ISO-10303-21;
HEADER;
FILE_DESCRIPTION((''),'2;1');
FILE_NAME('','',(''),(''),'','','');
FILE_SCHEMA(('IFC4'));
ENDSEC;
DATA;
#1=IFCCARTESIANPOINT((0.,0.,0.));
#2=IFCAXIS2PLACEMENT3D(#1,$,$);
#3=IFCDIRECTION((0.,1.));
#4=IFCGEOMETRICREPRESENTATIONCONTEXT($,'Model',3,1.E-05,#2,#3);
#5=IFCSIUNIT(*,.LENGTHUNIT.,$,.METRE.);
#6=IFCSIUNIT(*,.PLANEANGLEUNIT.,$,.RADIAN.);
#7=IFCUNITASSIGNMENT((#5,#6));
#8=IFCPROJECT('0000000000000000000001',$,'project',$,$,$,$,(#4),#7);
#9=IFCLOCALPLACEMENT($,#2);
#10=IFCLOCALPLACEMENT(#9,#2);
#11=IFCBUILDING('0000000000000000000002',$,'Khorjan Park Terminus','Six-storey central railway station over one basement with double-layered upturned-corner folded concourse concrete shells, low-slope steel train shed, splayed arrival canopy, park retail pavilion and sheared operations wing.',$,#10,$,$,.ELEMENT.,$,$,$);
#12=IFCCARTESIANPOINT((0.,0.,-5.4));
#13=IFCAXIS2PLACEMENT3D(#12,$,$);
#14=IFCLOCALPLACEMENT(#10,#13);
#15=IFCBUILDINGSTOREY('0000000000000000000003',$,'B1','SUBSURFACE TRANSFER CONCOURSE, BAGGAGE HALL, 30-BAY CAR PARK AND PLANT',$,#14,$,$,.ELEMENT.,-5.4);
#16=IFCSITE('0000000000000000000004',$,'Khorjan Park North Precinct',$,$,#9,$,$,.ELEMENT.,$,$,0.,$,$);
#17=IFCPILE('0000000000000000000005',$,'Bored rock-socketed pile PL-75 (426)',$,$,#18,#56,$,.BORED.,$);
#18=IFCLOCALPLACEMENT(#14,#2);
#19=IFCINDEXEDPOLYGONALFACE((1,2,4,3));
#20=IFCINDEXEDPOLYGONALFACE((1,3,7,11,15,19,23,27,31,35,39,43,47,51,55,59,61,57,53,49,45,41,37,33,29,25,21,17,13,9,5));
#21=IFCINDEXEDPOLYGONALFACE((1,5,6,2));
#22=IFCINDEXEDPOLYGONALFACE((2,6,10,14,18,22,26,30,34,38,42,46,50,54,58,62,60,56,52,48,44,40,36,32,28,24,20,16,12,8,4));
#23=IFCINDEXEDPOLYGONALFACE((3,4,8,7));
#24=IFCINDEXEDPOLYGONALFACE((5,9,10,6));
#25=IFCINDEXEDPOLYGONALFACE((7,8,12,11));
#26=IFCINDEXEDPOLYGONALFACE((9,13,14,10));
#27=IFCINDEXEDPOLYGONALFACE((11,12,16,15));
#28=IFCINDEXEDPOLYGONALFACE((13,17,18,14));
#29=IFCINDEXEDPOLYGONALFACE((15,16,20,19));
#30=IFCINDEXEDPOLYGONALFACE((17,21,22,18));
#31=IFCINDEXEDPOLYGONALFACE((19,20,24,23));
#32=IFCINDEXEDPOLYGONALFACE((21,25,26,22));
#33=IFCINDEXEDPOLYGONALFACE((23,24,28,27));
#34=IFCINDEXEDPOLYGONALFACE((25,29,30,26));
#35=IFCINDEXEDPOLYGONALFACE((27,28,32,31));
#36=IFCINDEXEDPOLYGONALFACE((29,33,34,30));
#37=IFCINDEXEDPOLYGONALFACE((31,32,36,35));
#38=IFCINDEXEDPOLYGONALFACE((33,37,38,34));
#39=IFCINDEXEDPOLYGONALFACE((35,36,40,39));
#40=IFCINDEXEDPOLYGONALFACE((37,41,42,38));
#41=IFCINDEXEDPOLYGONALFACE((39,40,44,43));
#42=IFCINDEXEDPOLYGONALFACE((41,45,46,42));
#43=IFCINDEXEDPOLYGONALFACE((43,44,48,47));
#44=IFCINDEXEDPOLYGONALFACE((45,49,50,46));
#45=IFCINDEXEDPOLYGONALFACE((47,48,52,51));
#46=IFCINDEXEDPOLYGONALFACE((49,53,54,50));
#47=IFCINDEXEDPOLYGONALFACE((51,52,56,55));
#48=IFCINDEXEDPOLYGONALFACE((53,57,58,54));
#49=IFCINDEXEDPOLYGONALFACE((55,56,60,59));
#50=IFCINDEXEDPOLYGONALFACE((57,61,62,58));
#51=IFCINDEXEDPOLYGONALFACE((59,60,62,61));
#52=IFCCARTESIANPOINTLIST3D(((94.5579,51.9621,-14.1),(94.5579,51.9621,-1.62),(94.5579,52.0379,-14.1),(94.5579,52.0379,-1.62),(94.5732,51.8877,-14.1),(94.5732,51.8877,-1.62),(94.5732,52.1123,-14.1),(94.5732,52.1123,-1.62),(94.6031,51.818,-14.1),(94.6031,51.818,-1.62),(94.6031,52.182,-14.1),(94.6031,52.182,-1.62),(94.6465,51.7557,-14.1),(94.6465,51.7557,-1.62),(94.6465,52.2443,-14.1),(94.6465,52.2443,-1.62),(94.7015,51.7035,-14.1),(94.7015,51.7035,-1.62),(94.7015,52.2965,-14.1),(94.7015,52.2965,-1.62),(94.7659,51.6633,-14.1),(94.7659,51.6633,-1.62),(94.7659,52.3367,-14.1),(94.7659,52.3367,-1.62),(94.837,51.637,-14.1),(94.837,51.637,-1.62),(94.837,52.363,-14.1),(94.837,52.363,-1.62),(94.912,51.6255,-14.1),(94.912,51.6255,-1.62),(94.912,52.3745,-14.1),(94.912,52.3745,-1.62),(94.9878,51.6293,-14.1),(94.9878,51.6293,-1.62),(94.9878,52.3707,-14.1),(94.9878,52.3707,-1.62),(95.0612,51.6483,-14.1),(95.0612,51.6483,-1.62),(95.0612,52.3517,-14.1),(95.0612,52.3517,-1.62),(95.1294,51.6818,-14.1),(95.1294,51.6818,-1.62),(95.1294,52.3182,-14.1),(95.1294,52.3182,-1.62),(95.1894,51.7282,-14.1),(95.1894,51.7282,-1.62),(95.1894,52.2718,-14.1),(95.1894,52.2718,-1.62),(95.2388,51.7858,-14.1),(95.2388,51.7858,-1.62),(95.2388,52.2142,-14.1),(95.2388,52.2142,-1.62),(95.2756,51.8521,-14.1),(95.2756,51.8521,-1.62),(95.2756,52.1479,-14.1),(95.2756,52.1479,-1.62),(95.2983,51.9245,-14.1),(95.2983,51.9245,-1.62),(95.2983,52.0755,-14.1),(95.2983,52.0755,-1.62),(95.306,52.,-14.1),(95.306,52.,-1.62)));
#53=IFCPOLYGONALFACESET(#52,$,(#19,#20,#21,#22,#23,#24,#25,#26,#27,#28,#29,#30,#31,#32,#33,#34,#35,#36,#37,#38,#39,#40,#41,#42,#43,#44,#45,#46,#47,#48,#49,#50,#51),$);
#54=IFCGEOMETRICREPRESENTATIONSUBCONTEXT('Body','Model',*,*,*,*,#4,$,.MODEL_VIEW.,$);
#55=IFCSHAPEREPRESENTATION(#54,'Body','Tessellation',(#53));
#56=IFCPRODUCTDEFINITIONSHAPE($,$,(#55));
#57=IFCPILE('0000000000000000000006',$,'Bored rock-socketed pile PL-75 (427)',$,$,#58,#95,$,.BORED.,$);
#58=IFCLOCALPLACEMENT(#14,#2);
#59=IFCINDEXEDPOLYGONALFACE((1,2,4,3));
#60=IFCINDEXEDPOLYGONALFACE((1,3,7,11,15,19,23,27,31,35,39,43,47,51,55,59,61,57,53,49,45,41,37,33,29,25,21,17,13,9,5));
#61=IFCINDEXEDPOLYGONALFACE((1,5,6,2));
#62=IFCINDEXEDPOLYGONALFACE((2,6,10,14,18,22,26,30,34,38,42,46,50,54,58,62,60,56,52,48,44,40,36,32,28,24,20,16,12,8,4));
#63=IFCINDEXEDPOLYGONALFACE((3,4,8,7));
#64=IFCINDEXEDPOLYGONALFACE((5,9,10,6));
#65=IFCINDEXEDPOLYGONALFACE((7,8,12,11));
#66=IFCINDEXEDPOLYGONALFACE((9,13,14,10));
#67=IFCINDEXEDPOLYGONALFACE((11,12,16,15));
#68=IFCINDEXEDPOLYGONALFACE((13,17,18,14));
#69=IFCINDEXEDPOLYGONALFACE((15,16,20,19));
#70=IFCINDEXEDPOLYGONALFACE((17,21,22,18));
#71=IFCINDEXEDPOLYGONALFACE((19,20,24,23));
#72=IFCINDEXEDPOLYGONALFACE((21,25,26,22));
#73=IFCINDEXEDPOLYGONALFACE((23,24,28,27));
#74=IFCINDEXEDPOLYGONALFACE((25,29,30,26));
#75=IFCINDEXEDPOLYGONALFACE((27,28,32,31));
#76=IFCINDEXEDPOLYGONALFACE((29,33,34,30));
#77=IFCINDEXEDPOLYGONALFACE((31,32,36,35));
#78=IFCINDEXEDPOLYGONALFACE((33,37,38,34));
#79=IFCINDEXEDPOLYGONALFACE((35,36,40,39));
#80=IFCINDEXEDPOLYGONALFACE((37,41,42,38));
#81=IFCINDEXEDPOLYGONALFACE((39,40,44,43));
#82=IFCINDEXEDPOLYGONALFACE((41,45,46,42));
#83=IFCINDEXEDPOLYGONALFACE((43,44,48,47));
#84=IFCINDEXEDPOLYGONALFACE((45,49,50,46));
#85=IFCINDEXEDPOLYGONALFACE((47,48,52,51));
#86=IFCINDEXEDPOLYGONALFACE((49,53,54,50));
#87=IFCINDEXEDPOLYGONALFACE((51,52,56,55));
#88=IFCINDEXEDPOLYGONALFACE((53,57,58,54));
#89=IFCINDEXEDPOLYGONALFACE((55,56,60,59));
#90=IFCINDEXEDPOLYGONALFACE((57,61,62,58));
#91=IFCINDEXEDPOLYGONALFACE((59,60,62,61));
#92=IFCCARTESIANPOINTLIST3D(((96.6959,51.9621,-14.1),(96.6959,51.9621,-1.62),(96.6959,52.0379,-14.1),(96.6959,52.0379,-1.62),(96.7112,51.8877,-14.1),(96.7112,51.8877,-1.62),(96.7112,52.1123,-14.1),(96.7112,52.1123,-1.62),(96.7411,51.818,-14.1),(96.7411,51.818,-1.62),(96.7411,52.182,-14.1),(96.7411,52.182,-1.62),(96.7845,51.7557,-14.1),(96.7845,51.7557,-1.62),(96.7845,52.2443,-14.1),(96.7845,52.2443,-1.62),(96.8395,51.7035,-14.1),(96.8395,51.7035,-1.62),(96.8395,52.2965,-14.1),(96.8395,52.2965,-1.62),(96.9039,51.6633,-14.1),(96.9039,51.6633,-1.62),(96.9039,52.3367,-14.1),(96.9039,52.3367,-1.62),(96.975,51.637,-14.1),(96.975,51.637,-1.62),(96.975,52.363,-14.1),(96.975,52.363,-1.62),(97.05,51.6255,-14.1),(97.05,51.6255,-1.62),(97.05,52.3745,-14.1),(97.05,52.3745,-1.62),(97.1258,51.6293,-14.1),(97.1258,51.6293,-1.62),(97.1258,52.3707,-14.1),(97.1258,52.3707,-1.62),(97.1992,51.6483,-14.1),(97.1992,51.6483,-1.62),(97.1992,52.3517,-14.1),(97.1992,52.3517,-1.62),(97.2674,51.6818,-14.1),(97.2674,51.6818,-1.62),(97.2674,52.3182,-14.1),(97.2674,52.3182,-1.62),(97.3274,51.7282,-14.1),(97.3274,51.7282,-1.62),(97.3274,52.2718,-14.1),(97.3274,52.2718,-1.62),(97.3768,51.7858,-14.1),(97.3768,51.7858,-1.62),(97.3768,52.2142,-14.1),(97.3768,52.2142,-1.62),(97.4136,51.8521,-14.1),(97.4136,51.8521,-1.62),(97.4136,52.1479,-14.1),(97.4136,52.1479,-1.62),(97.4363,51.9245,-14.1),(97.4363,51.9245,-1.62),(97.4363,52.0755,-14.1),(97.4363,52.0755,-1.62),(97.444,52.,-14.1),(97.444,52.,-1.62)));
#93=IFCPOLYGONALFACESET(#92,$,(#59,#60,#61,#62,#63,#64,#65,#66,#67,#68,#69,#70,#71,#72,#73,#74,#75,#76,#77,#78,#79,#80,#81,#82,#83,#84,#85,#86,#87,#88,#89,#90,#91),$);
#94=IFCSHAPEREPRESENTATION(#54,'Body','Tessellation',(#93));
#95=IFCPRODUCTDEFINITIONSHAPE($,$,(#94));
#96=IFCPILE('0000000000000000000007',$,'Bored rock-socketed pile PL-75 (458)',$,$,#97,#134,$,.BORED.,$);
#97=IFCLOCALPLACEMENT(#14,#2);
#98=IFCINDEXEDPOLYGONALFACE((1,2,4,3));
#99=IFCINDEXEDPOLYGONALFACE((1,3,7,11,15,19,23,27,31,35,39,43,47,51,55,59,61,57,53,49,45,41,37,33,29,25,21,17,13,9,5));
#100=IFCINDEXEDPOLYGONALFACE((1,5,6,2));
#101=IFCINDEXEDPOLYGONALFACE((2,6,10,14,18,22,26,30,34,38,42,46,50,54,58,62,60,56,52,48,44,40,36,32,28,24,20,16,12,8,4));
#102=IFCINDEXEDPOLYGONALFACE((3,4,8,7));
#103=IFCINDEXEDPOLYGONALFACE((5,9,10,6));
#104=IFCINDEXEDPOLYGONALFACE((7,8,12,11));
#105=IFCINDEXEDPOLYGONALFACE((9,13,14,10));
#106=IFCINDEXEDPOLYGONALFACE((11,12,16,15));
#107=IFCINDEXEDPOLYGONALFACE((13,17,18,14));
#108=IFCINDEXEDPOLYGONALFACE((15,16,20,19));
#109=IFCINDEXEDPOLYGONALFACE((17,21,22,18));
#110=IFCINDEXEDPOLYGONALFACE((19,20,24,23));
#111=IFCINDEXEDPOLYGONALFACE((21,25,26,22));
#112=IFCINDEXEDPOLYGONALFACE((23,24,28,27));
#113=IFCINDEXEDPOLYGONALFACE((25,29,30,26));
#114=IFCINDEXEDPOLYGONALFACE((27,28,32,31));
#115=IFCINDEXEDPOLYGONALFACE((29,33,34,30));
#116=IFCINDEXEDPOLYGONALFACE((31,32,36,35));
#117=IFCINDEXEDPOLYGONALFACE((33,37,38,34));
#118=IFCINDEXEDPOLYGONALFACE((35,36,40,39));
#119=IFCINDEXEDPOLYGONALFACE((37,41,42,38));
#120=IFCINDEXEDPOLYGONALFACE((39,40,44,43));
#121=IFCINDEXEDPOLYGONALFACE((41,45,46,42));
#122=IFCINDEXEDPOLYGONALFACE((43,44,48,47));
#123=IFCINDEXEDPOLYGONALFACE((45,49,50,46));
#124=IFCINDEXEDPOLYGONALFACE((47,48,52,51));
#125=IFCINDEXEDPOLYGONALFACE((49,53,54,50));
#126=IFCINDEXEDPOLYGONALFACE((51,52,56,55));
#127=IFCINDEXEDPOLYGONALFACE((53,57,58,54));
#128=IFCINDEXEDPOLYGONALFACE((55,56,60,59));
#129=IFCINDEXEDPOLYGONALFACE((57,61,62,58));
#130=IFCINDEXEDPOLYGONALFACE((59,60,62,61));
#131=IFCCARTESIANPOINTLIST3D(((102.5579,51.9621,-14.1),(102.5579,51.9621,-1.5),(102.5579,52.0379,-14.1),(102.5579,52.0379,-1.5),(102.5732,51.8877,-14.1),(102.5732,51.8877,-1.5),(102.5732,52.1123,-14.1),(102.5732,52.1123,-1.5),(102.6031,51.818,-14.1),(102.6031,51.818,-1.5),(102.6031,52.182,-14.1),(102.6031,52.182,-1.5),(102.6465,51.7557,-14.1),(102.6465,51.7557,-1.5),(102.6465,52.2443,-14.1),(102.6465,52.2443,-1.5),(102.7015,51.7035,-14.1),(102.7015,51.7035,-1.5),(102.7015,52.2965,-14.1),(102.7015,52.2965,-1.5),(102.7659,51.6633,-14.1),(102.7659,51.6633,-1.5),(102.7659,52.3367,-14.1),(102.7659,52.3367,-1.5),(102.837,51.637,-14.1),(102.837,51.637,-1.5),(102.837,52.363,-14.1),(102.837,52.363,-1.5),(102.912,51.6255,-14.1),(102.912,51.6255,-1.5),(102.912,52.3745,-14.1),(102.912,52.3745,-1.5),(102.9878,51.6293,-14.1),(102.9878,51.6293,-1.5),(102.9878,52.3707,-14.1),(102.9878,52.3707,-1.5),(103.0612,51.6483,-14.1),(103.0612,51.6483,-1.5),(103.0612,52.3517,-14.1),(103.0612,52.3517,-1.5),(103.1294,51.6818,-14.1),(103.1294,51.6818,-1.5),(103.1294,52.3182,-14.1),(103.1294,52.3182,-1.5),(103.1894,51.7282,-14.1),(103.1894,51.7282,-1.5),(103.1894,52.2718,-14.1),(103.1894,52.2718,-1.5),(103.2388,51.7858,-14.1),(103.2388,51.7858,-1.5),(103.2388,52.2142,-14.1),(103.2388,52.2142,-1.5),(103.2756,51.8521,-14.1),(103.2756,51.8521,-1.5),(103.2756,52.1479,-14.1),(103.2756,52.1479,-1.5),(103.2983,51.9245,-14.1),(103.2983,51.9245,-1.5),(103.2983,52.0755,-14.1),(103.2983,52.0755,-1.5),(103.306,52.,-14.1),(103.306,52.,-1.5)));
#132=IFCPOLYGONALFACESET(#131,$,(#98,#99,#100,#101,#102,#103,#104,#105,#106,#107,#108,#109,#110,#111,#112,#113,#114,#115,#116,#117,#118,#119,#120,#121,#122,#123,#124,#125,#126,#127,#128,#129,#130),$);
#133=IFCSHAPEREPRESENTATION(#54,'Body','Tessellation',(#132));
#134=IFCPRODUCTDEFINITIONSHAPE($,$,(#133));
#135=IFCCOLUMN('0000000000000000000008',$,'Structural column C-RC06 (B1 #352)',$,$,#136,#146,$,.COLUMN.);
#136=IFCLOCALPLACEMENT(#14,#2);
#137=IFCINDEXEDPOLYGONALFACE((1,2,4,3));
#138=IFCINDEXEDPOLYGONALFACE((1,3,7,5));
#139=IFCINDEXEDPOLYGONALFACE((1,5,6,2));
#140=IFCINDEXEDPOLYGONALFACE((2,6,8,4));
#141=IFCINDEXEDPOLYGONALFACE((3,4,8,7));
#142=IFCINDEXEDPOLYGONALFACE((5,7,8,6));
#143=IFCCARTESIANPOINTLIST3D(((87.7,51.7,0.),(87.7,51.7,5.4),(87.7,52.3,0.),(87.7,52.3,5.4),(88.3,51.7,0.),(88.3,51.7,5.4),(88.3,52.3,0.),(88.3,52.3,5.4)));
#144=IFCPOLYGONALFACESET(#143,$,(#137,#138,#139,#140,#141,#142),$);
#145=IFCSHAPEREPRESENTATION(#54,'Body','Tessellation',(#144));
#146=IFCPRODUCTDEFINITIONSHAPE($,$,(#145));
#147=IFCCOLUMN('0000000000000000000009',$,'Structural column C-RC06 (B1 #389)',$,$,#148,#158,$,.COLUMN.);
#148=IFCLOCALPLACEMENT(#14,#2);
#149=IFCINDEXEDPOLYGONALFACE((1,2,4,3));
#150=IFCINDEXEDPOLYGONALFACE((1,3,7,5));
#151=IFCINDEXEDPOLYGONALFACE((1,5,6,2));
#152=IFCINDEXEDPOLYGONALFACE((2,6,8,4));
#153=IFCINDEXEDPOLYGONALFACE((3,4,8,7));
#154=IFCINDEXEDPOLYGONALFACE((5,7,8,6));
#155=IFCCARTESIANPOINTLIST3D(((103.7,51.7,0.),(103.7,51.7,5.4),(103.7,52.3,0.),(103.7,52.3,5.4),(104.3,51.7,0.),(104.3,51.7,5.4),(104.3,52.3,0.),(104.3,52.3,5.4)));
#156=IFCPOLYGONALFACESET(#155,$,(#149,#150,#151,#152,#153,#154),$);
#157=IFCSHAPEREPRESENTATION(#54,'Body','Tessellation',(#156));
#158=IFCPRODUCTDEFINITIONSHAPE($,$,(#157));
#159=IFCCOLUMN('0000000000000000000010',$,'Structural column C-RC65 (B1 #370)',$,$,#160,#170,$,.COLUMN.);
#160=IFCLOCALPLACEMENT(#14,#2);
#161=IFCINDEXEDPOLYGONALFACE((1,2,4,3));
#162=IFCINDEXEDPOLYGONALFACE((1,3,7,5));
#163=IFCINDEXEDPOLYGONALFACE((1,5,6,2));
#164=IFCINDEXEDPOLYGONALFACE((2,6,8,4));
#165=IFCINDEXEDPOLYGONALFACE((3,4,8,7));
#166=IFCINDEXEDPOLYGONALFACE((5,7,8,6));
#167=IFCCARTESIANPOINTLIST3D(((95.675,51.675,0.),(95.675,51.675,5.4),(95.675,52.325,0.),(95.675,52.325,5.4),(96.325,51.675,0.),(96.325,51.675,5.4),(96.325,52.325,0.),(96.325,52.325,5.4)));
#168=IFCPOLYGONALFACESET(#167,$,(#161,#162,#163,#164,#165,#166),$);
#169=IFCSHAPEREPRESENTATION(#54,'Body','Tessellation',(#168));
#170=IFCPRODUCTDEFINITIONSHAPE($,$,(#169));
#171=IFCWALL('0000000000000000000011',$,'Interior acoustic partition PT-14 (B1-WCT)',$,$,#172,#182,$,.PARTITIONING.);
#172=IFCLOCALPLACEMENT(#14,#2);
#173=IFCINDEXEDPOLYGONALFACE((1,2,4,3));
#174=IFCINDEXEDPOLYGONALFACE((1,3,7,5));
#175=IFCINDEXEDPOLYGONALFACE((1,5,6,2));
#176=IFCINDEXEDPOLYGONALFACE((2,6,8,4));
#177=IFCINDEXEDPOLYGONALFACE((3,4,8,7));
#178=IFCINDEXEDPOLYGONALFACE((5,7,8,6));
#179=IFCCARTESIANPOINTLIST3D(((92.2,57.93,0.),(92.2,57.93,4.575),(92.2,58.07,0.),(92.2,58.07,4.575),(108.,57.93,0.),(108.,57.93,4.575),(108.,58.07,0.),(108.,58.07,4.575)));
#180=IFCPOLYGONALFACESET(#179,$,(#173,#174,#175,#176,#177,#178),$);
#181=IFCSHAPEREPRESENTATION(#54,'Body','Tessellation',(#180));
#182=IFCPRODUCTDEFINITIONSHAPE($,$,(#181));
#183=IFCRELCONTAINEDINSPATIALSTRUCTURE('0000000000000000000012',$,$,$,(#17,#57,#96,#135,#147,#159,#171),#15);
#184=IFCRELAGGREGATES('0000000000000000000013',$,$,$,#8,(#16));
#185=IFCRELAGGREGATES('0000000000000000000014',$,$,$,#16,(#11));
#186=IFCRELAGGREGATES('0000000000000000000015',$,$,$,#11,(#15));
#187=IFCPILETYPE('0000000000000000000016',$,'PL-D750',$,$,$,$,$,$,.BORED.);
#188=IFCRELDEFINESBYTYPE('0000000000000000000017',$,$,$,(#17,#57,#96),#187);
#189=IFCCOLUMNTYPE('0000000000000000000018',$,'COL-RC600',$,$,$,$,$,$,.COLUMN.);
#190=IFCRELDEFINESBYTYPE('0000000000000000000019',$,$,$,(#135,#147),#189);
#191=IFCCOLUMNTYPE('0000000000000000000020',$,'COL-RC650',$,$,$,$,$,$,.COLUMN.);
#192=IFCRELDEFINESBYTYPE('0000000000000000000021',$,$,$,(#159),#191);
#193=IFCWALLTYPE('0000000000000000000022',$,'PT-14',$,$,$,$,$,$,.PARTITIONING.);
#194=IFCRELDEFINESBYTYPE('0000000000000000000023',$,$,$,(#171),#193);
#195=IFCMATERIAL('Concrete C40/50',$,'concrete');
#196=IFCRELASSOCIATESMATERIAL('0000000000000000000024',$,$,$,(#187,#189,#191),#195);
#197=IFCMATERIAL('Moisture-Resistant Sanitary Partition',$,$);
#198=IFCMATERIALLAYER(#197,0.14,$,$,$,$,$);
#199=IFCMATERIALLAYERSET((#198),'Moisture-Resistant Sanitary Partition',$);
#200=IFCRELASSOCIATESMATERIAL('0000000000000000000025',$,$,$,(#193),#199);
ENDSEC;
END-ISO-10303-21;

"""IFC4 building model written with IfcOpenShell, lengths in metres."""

from ifc_helpers import new_model, si_unit, direction, frame, frame_2d, origin, origin_2d, place, context, subcontext, project, spatial, rectangle, circle, extrude, material, layer, layer_set, material_profile, profile_set, type_object, element, save


model = new_model("IFC4")

# Units and contexts
model_context = context("Model", 3, precision=1e-05, world=origin(), true_north=direction((0.0, 1.0)))
body_context = subcontext(model_context, "Body", "Model", "MODEL_VIEW")
ifc_project = project(units=[si_unit("LENGTHUNIT", "METRE"), si_unit("PLANEANGLEUNIT", "RADIAN")], contexts=[model_context])

# Site, building, storey
site_placement = place(None, origin())
site = spatial("IfcSite", under=ifc_project, at=site_placement, Name="Khorjan Park North Precinct", CompositionType="ELEMENT", RefElevation=0.0)
building_placement = place(site_placement, origin())
building = spatial("IfcBuilding", under=site, at=building_placement, Name="Khorjan Park Terminus", Description="Six-storey central railway station over one basement with double-layered upturned-corner folded concourse concrete shells, low-slope steel train shed, splayed arrival canopy, park retail pavilion and sheared operations wing.", CompositionType="ELEMENT")
storey_placement = place(building_placement, frame((0.0, 0.0, -5.4)))
storey = spatial("IfcBuildingStorey", under=building, at=storey_placement, Name="B1", Description="SUBSURFACE TRANSFER CONCOURSE, BAGGAGE HALL, 30-BAY CAR PARK AND PLANT", CompositionType="ELEMENT", Elevation=-5.4)

# Shared definitions
ifc_material_1 = material(Name="Concrete C40/50", Category="concrete")

# Piles
ifc_material_profile_1 = material_profile(ifc_material_1, circle(Radius=0.375, at=origin_2d()), Name="BORED D750")
ifc_profile_set_1 = profile_set([ifc_material_profile_1], Name="Concrete C40/50")
pile_type = type_object("IfcPileType", Name="PL-D750", PredefinedType="BORED", material=ifc_profile_set_1)
for number, where, z_axis, x_axis, name in (
    (1, (94.931, 52.0, -1.62), (0.0, 0.0, -1.0), (1.0, 0.0, 0.0), "Bored rock-socketed pile PL-75 (426)"),
    (2, (97.069, 52.0, -1.62), (0.0, 0.0, -1.0), (1.0, 0.0, 0.0), "Bored rock-socketed pile PL-75 (427)"),
):
    element("IfcPile", number, at=place(storey_placement, frame(where, z_axis=z_axis, x_axis=x_axis)), inside=storey, type_object=pile_type, Name=name, PredefinedType="BORED", context=body_context, shape_type="SweptSolid", body=[
        extrude(circle(Radius=0.375, at=origin_2d()), origin(), (0.0, 0.0, 1.0), 12.48),
    ])
pile_1_placement = place(storey_placement, frame((102.931, 52.0, -1.5), z_axis=(0.0, 0.0, -1.0), x_axis=(1.0, 0.0, 0.0)))
element("IfcPile", 3, at=pile_1_placement, inside=storey, type_object=pile_type, Name="Bored rock-socketed pile PL-75 (458)", PredefinedType="BORED", context=body_context, shape_type="SweptSolid", body=[
    extrude(circle(Radius=0.375, at=origin_2d()), origin(), (0.0, 0.0, 1.0), 12.6),
])

# Columns
ifc_material_profile_2 = material_profile(ifc_material_1, rectangle(XDim=0.6, YDim=0.6, at=origin_2d()), Name="RC 600x600")
ifc_profile_set_2 = profile_set([ifc_material_profile_2], Name="Concrete C40/50")
column_type_1 = type_object("IfcColumnType", Name="COL-RC600", PredefinedType="COLUMN", material=ifc_profile_set_2)
for number, where, z_axis, x_axis, name in (
    (4, (88.0, 52.0, 0.0), (0.0, 0.0, 1.0), (1.0, 0.0, 0.0), "Structural column C-RC06 (B1 #352)"),
    (5, (104.0, 52.0, 0.0), (0.0, 0.0, 1.0), (1.0, 0.0, 0.0), "Structural column C-RC06 (B1 #389)"),
):
    element("IfcColumn", number, at=place(storey_placement, frame(where, z_axis=z_axis, x_axis=x_axis)), inside=storey, type_object=column_type_1, Name=name, PredefinedType="COLUMN", context=body_context, shape_type="SweptSolid", body=[
        extrude(rectangle(XDim=0.6, YDim=0.6, at=origin_2d()), origin(), (0.0, 0.0, 1.0), 5.4),
    ])
ifc_material_profile_3 = material_profile(ifc_material_1, rectangle(XDim=0.65, YDim=0.65, at=origin_2d()), Name="RC 650x650")
ifc_profile_set_3 = profile_set([ifc_material_profile_3], Name="Concrete C40/50")
column_type_2 = type_object("IfcColumnType", Name="COL-RC650", PredefinedType="COLUMN", material=ifc_profile_set_3)
column_placement = place(storey_placement, frame((96.0, 52.0, 0.0), z_axis=(0.0, 0.0, 1.0), x_axis=(1.0, 0.0, 0.0)))
element("IfcColumn", 6, at=column_placement, inside=storey, type_object=column_type_2, Name="Structural column C-RC65 (B1 #370)", PredefinedType="COLUMN", context=body_context, shape_type="SweptSolid", body=[
    extrude(rectangle(XDim=0.65, YDim=0.65, at=origin_2d()), origin(), (0.0, 0.0, 1.0), 5.4),
])

# Wall
ifc_material_2 = material(Name="Moisture-Resistant Sanitary Partition")
ifc_layer_1 = layer(ifc_material_2, 0.14)
ifc_layer_set_1 = layer_set([ifc_layer_1], Name="Moisture-Resistant Sanitary Partition")
wall_type_1 = type_object("IfcWallType", Name="PT-14", PredefinedType="PARTITIONING", material=ifc_layer_set_1)
wall_1_placement = place(storey_placement, frame((92.2, 58.0, 0.0), z_axis=(0.0, 0.0, 1.0), x_axis=(1.0, 0.0, 0.0)))
element("IfcWall", 7, at=wall_1_placement, inside=storey, type_object=wall_type_1, Name="Interior acoustic partition PT-14 (B1-WCT)", PredefinedType="PARTITIONING", context=body_context, shape_type="SweptSolid", body=[
    extrude(rectangle(XDim=15.8, YDim=0.14, at=frame_2d((7.9, 0.0))), origin(), (0.0, 0.0, 1.0), 4.575),
])

save(model, "model.ifc")
